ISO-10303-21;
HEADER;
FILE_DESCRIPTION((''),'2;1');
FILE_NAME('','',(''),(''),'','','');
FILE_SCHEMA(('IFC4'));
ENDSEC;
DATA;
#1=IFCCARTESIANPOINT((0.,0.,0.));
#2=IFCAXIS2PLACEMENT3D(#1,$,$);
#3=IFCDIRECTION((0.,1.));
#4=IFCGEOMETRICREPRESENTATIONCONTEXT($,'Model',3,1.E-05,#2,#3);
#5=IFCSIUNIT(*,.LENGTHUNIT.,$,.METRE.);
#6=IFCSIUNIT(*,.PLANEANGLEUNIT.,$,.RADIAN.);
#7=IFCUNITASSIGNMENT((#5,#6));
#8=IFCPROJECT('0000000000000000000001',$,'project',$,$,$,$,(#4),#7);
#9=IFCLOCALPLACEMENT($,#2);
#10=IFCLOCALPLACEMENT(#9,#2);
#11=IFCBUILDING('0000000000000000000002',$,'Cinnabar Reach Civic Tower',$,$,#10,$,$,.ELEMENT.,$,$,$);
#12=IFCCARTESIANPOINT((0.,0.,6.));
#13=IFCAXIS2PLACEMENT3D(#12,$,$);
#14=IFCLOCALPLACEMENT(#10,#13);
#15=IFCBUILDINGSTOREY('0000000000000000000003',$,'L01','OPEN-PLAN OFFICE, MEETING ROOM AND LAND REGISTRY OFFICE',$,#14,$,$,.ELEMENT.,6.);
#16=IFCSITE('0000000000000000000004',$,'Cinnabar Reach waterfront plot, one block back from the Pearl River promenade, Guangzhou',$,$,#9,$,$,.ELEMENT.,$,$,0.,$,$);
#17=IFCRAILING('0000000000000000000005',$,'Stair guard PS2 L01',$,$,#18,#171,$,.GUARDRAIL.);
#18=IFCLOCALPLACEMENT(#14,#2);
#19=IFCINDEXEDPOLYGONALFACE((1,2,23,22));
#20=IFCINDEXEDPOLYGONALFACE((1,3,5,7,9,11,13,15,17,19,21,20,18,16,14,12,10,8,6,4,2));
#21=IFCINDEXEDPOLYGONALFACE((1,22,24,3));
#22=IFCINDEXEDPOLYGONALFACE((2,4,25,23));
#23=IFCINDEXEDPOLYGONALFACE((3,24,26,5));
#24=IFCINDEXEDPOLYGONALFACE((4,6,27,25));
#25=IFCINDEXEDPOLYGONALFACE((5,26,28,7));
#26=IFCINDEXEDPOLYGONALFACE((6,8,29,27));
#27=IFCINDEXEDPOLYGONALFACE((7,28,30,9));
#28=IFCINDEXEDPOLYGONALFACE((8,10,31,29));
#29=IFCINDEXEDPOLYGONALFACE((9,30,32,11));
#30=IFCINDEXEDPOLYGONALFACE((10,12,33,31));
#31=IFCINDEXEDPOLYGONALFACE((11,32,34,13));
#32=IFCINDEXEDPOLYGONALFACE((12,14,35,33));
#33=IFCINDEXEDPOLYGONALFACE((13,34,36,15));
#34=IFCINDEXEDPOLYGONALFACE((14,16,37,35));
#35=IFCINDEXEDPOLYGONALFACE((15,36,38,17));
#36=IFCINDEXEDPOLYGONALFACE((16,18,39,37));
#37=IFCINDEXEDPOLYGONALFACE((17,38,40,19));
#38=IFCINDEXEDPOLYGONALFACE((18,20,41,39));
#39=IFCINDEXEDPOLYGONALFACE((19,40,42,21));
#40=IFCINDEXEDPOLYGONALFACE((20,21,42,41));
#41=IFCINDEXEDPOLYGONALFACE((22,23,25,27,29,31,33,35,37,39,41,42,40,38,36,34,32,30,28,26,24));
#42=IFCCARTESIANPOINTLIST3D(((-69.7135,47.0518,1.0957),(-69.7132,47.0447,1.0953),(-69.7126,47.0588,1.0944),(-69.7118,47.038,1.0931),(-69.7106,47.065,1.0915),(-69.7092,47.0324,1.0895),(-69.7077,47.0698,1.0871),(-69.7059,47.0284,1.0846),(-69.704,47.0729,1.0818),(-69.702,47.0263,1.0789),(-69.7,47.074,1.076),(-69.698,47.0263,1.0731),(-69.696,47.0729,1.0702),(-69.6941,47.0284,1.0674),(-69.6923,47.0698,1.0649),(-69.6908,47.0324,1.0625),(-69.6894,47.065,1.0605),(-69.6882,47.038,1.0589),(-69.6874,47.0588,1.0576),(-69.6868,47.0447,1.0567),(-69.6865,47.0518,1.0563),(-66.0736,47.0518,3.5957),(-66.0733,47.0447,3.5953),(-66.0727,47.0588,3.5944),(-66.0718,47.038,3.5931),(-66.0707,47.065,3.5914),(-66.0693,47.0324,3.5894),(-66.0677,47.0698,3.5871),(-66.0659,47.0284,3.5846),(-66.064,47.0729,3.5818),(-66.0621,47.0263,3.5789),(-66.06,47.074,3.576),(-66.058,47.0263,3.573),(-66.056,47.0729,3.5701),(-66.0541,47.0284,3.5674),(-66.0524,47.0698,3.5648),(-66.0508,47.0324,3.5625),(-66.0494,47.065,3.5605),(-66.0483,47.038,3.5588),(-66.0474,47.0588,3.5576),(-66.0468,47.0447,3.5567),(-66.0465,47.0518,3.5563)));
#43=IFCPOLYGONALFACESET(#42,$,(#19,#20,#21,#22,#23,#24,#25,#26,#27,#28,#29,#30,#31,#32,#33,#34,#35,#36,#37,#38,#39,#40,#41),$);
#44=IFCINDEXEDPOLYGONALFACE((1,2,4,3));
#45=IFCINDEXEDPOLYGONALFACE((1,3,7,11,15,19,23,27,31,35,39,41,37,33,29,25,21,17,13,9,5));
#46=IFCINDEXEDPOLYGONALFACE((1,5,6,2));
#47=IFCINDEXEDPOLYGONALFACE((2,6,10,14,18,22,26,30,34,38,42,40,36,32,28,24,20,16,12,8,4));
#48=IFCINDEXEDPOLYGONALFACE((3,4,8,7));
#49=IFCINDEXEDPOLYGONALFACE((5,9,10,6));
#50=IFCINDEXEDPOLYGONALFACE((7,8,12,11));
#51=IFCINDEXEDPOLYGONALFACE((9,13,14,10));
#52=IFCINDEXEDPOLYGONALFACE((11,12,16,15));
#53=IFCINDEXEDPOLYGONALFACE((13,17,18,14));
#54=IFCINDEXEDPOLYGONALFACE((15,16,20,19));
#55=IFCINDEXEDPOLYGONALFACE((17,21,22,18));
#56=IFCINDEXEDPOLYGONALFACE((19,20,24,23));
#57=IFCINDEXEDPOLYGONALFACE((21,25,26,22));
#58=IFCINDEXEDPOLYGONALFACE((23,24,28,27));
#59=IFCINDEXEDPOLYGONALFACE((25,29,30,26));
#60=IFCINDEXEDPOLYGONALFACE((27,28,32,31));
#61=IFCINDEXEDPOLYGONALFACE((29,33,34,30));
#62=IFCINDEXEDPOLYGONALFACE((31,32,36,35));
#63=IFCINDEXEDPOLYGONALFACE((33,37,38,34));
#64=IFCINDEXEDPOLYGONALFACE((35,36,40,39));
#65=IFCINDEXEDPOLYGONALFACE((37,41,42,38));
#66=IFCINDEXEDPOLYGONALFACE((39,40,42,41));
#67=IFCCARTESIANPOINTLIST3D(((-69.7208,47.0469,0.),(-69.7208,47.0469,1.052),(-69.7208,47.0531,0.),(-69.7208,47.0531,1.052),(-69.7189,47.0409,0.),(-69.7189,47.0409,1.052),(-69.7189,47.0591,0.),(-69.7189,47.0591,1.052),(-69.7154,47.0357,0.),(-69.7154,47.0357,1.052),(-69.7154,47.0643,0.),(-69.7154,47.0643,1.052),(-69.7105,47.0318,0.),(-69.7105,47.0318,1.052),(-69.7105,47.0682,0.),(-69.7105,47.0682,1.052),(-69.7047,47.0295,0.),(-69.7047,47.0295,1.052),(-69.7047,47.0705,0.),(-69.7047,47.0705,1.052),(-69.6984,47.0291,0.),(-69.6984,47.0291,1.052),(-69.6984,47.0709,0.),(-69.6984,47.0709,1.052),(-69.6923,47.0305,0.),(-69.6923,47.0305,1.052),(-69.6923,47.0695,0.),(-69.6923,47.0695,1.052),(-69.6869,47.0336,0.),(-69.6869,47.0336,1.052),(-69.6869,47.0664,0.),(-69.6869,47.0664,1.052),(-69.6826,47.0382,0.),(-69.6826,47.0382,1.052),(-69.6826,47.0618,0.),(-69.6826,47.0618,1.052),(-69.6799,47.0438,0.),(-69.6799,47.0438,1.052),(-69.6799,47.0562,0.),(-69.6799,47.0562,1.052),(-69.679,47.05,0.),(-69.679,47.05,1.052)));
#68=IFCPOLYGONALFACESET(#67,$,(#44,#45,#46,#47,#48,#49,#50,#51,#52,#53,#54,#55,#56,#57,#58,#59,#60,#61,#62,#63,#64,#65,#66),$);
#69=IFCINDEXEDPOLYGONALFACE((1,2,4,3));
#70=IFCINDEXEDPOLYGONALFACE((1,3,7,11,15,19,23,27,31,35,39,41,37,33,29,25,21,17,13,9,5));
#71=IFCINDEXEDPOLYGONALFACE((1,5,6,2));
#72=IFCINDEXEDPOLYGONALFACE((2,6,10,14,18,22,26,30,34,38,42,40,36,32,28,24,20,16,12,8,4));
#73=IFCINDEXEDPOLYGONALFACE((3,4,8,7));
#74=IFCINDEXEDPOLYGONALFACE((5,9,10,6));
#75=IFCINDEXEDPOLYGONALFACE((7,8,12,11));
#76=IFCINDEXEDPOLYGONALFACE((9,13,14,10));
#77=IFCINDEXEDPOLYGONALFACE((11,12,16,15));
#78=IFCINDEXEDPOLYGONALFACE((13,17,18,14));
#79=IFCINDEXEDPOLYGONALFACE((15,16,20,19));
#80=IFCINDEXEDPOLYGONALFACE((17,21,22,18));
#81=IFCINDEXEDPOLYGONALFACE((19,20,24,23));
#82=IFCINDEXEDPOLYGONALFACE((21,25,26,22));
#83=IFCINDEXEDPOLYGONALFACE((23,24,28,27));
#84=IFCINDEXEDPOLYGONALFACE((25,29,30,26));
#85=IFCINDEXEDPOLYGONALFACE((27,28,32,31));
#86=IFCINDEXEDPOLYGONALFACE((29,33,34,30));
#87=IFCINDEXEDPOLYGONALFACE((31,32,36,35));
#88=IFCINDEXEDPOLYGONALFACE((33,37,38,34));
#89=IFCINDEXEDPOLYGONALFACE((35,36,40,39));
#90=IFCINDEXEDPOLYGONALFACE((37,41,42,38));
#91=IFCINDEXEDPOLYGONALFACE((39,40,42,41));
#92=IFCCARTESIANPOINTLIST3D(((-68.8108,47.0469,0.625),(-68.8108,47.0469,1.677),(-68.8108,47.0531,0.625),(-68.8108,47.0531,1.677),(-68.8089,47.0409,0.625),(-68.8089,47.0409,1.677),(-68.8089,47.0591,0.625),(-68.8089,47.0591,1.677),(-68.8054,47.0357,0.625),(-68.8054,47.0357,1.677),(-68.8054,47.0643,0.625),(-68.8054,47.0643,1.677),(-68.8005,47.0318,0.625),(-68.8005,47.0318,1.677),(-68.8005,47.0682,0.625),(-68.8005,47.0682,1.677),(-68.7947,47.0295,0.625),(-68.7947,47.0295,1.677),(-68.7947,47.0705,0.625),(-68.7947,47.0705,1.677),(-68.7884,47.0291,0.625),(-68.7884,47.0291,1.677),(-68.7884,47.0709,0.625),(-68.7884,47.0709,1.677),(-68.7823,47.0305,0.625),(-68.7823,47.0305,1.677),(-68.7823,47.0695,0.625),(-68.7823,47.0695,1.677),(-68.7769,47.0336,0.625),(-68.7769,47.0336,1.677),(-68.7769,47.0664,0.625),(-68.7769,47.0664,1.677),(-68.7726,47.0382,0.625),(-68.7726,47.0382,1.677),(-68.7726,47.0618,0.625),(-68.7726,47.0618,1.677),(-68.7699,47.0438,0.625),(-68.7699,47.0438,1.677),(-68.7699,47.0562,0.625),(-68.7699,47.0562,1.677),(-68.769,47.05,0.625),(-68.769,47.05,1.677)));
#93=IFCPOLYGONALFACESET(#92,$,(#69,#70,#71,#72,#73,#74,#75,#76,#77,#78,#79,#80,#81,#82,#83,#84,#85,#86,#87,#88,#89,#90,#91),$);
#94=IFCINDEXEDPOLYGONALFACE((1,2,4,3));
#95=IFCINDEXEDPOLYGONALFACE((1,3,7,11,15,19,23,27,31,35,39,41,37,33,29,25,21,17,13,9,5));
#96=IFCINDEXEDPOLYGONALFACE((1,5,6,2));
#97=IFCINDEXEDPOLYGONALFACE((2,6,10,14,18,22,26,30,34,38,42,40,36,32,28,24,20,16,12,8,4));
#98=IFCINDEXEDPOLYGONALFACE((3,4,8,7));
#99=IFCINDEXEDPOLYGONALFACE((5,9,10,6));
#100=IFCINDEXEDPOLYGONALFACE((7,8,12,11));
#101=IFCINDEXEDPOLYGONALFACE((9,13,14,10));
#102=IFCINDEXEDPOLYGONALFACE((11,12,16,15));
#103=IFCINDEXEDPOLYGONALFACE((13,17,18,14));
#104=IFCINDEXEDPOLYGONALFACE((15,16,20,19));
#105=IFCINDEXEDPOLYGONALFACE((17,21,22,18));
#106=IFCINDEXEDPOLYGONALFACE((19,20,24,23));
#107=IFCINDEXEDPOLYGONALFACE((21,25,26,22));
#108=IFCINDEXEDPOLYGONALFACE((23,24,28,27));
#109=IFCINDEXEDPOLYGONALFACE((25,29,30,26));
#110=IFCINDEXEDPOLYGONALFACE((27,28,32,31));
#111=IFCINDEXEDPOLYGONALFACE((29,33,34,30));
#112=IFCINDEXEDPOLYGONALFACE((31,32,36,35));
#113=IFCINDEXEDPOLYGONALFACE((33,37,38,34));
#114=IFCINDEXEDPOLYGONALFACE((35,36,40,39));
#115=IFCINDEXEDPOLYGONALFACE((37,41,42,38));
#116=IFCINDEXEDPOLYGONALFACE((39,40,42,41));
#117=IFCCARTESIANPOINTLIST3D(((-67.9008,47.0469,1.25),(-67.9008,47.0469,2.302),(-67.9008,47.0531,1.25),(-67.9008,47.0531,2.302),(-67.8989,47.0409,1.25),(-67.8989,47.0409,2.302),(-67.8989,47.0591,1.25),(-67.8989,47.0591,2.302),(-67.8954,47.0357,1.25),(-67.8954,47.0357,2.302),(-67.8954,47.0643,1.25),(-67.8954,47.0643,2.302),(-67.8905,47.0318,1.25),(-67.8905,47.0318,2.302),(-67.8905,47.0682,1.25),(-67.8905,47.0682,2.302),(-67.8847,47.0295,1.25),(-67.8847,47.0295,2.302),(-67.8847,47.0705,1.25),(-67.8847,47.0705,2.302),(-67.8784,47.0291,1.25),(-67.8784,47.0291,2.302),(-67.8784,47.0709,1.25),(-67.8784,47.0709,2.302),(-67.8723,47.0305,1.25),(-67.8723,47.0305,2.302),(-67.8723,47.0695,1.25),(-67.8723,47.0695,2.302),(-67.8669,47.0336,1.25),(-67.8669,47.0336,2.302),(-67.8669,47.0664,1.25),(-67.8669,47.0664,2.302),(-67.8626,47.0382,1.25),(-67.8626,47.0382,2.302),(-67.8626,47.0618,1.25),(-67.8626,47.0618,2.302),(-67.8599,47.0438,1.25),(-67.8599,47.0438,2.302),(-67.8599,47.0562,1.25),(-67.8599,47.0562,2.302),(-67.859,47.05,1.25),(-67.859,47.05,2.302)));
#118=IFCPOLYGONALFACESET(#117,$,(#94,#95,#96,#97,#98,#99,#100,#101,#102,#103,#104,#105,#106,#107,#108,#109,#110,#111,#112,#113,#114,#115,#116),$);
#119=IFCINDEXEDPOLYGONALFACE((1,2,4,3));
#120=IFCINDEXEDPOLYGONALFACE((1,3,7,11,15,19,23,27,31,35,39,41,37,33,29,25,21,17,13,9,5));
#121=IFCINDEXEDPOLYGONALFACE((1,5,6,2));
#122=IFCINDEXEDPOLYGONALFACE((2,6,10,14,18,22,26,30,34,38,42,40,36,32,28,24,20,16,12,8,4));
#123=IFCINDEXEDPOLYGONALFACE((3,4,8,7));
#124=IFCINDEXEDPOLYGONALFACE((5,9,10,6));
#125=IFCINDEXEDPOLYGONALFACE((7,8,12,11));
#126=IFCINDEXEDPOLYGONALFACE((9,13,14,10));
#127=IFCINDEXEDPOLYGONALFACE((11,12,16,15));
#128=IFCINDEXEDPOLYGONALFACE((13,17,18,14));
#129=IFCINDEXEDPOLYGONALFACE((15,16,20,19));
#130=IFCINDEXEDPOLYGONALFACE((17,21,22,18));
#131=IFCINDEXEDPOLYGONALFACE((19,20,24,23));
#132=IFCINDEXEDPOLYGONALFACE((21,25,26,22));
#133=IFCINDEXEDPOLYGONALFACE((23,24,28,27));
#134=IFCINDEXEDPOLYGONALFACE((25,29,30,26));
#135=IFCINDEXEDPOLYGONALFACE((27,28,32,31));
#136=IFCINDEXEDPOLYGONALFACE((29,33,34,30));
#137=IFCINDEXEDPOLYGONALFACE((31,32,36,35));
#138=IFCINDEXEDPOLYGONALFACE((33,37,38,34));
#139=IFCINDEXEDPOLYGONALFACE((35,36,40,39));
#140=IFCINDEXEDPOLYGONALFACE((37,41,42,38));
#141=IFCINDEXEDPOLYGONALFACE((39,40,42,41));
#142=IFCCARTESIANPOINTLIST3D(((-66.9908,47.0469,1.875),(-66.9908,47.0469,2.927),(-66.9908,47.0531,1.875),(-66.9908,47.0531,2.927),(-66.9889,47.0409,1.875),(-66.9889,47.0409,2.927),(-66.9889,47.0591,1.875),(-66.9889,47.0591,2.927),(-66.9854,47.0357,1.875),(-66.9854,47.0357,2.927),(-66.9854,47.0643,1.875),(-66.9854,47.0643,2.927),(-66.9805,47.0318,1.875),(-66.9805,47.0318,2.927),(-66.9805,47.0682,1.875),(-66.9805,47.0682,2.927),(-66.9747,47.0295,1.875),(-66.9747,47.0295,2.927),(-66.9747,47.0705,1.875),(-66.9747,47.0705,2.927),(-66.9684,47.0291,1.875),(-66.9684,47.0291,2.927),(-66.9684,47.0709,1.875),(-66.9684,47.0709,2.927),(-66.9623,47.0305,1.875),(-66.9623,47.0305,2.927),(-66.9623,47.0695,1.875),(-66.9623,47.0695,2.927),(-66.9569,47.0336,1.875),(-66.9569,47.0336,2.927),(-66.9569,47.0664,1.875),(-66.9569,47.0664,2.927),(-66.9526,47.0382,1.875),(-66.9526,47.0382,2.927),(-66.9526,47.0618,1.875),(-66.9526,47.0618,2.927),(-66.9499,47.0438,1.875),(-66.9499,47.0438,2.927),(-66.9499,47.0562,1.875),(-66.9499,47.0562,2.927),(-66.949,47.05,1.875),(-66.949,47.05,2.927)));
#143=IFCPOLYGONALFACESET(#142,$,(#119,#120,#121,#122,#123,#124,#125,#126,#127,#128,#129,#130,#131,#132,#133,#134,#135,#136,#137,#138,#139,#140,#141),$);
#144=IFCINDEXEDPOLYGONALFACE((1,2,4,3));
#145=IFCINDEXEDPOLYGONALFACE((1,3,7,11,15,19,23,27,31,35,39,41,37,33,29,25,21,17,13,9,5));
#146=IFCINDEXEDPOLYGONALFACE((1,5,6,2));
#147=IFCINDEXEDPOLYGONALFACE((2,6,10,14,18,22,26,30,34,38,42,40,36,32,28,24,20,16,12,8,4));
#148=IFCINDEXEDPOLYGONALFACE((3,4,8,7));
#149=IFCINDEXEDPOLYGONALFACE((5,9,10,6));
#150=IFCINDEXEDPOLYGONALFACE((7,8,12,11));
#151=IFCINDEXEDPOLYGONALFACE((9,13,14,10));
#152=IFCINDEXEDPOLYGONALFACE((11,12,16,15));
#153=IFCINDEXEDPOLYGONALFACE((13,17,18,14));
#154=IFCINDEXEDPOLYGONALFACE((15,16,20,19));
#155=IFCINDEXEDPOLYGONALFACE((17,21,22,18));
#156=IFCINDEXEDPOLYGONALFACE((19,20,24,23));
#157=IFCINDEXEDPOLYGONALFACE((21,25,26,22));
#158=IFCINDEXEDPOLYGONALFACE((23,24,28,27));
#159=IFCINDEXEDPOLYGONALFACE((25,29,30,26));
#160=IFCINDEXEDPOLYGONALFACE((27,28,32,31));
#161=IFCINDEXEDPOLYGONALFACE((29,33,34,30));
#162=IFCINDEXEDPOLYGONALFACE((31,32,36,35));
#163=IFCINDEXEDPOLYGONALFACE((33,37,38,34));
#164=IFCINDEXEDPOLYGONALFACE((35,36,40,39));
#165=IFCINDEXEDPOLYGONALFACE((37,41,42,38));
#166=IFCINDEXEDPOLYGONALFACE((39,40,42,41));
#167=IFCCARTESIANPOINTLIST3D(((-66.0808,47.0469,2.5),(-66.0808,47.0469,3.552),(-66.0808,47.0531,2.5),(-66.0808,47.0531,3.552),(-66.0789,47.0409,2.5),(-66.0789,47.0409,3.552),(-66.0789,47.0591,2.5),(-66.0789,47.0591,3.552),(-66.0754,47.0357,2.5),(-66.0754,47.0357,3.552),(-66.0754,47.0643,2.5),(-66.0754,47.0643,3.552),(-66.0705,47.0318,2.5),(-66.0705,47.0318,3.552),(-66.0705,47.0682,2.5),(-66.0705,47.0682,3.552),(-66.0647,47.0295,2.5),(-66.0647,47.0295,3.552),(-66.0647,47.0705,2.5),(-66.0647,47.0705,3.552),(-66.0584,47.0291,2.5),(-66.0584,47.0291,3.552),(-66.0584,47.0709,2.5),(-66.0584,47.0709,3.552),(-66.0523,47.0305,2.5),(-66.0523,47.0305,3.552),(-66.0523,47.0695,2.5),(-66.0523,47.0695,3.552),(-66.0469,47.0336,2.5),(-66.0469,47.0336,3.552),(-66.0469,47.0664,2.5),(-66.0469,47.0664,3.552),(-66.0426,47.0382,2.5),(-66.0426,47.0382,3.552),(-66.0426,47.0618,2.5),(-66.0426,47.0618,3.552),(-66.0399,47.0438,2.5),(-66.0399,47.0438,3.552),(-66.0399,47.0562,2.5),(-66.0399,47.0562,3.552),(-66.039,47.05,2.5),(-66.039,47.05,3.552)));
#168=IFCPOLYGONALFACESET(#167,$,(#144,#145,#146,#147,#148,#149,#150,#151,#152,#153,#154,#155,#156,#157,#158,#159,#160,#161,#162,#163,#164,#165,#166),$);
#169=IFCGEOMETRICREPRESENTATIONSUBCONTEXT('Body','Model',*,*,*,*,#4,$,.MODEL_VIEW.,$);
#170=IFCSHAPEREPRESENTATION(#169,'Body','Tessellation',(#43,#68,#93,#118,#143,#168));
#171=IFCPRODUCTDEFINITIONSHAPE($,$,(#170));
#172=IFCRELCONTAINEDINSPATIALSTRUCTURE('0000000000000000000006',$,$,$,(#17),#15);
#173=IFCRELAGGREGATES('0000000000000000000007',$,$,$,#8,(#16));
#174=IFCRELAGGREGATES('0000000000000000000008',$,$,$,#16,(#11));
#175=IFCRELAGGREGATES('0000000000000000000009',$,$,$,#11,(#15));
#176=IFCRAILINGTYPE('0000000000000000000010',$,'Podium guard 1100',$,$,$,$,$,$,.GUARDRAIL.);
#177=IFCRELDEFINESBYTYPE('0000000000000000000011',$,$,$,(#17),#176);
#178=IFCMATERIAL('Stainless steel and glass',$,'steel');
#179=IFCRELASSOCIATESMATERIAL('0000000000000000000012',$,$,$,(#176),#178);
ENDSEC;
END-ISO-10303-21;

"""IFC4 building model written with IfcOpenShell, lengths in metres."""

from ifc_helpers import new_model, si_unit, direction, frame, origin, origin_2d, place, context, subcontext, project, spatial, circle, extrude, material, type_object, element, save


model = new_model("IFC4")

# Units and contexts
model_context = context("Model", 3, precision=1e-05, world=origin(), true_north=direction((0.0, 1.0)))
body_context = subcontext(model_context, "Body", "Model", "MODEL_VIEW")
ifc_project = project(units=[si_unit("LENGTHUNIT", "METRE"), si_unit("PLANEANGLEUNIT", "RADIAN")], contexts=[model_context])

# Site, building, storey
site_placement = place(None, origin())
site = spatial("IfcSite", under=ifc_project, at=site_placement, Name="Cinnabar Reach waterfront plot, one block back from the Pearl River promenade, Guangzhou", CompositionType="ELEMENT", RefElevation=0.0)
building_placement = place(site_placement, origin())
building = spatial("IfcBuilding", under=site, at=building_placement, Name="Cinnabar Reach Civic Tower", CompositionType="ELEMENT")
storey_placement = place(building_placement, frame((0.0, 0.0, 6.0)))
storey = spatial("IfcBuildingStorey", under=building, at=storey_placement, Name="L01", Description="OPEN-PLAN OFFICE, MEETING ROOM AND LAND REGISTRY OFFICE", CompositionType="ELEMENT", Elevation=6.0)

# Railing
ifc_material_1 = material(Name="Stainless steel and glass", Category="steel")
railing_type = type_object("IfcRailingType", Name="Podium guard 1100", PredefinedType="GUARDRAIL", material=ifc_material_1)
railing_placement = place(storey_placement, frame((-69.7, 47.05, 0.0)))
element("IfcRailing", 1, at=railing_placement, inside=storey, type_object=railing_type, Name="Stair guard PS2 L01", PredefinedType="GUARDRAIL", context=body_context, shape_type="SweptSolid", body=[
    extrude(circle(Radius=0.024, at=origin_2d()), frame((0.0, 0.0, 1.076), z_axis=(0.824306, 0.0, 0.566144), x_axis=(0.0, 1.0, 0.0)), (0.0, 0.0, 1.0), 4.4158),
    extrude(circle(Radius=0.021, at=origin_2d()), origin(), (0.0, 0.0, 1.0), 1.052),
    extrude(circle(Radius=0.021, at=origin_2d()), frame((0.91, 0.0, 0.625)), (0.0, 0.0, 1.0), 1.052),
    extrude(circle(Radius=0.021, at=origin_2d()), frame((1.82, 0.0, 1.25)), (0.0, 0.0, 1.0), 1.052),
    extrude(circle(Radius=0.021, at=origin_2d()), frame((2.73, 0.0, 1.875)), (0.0, 0.0, 1.0), 1.052),
    extrude(circle(Radius=0.021, at=origin_2d()), frame((3.64, 0.0, 2.5)), (0.0, 0.0, 1.0), 1.052),
])

save(model, "model.ifc")
